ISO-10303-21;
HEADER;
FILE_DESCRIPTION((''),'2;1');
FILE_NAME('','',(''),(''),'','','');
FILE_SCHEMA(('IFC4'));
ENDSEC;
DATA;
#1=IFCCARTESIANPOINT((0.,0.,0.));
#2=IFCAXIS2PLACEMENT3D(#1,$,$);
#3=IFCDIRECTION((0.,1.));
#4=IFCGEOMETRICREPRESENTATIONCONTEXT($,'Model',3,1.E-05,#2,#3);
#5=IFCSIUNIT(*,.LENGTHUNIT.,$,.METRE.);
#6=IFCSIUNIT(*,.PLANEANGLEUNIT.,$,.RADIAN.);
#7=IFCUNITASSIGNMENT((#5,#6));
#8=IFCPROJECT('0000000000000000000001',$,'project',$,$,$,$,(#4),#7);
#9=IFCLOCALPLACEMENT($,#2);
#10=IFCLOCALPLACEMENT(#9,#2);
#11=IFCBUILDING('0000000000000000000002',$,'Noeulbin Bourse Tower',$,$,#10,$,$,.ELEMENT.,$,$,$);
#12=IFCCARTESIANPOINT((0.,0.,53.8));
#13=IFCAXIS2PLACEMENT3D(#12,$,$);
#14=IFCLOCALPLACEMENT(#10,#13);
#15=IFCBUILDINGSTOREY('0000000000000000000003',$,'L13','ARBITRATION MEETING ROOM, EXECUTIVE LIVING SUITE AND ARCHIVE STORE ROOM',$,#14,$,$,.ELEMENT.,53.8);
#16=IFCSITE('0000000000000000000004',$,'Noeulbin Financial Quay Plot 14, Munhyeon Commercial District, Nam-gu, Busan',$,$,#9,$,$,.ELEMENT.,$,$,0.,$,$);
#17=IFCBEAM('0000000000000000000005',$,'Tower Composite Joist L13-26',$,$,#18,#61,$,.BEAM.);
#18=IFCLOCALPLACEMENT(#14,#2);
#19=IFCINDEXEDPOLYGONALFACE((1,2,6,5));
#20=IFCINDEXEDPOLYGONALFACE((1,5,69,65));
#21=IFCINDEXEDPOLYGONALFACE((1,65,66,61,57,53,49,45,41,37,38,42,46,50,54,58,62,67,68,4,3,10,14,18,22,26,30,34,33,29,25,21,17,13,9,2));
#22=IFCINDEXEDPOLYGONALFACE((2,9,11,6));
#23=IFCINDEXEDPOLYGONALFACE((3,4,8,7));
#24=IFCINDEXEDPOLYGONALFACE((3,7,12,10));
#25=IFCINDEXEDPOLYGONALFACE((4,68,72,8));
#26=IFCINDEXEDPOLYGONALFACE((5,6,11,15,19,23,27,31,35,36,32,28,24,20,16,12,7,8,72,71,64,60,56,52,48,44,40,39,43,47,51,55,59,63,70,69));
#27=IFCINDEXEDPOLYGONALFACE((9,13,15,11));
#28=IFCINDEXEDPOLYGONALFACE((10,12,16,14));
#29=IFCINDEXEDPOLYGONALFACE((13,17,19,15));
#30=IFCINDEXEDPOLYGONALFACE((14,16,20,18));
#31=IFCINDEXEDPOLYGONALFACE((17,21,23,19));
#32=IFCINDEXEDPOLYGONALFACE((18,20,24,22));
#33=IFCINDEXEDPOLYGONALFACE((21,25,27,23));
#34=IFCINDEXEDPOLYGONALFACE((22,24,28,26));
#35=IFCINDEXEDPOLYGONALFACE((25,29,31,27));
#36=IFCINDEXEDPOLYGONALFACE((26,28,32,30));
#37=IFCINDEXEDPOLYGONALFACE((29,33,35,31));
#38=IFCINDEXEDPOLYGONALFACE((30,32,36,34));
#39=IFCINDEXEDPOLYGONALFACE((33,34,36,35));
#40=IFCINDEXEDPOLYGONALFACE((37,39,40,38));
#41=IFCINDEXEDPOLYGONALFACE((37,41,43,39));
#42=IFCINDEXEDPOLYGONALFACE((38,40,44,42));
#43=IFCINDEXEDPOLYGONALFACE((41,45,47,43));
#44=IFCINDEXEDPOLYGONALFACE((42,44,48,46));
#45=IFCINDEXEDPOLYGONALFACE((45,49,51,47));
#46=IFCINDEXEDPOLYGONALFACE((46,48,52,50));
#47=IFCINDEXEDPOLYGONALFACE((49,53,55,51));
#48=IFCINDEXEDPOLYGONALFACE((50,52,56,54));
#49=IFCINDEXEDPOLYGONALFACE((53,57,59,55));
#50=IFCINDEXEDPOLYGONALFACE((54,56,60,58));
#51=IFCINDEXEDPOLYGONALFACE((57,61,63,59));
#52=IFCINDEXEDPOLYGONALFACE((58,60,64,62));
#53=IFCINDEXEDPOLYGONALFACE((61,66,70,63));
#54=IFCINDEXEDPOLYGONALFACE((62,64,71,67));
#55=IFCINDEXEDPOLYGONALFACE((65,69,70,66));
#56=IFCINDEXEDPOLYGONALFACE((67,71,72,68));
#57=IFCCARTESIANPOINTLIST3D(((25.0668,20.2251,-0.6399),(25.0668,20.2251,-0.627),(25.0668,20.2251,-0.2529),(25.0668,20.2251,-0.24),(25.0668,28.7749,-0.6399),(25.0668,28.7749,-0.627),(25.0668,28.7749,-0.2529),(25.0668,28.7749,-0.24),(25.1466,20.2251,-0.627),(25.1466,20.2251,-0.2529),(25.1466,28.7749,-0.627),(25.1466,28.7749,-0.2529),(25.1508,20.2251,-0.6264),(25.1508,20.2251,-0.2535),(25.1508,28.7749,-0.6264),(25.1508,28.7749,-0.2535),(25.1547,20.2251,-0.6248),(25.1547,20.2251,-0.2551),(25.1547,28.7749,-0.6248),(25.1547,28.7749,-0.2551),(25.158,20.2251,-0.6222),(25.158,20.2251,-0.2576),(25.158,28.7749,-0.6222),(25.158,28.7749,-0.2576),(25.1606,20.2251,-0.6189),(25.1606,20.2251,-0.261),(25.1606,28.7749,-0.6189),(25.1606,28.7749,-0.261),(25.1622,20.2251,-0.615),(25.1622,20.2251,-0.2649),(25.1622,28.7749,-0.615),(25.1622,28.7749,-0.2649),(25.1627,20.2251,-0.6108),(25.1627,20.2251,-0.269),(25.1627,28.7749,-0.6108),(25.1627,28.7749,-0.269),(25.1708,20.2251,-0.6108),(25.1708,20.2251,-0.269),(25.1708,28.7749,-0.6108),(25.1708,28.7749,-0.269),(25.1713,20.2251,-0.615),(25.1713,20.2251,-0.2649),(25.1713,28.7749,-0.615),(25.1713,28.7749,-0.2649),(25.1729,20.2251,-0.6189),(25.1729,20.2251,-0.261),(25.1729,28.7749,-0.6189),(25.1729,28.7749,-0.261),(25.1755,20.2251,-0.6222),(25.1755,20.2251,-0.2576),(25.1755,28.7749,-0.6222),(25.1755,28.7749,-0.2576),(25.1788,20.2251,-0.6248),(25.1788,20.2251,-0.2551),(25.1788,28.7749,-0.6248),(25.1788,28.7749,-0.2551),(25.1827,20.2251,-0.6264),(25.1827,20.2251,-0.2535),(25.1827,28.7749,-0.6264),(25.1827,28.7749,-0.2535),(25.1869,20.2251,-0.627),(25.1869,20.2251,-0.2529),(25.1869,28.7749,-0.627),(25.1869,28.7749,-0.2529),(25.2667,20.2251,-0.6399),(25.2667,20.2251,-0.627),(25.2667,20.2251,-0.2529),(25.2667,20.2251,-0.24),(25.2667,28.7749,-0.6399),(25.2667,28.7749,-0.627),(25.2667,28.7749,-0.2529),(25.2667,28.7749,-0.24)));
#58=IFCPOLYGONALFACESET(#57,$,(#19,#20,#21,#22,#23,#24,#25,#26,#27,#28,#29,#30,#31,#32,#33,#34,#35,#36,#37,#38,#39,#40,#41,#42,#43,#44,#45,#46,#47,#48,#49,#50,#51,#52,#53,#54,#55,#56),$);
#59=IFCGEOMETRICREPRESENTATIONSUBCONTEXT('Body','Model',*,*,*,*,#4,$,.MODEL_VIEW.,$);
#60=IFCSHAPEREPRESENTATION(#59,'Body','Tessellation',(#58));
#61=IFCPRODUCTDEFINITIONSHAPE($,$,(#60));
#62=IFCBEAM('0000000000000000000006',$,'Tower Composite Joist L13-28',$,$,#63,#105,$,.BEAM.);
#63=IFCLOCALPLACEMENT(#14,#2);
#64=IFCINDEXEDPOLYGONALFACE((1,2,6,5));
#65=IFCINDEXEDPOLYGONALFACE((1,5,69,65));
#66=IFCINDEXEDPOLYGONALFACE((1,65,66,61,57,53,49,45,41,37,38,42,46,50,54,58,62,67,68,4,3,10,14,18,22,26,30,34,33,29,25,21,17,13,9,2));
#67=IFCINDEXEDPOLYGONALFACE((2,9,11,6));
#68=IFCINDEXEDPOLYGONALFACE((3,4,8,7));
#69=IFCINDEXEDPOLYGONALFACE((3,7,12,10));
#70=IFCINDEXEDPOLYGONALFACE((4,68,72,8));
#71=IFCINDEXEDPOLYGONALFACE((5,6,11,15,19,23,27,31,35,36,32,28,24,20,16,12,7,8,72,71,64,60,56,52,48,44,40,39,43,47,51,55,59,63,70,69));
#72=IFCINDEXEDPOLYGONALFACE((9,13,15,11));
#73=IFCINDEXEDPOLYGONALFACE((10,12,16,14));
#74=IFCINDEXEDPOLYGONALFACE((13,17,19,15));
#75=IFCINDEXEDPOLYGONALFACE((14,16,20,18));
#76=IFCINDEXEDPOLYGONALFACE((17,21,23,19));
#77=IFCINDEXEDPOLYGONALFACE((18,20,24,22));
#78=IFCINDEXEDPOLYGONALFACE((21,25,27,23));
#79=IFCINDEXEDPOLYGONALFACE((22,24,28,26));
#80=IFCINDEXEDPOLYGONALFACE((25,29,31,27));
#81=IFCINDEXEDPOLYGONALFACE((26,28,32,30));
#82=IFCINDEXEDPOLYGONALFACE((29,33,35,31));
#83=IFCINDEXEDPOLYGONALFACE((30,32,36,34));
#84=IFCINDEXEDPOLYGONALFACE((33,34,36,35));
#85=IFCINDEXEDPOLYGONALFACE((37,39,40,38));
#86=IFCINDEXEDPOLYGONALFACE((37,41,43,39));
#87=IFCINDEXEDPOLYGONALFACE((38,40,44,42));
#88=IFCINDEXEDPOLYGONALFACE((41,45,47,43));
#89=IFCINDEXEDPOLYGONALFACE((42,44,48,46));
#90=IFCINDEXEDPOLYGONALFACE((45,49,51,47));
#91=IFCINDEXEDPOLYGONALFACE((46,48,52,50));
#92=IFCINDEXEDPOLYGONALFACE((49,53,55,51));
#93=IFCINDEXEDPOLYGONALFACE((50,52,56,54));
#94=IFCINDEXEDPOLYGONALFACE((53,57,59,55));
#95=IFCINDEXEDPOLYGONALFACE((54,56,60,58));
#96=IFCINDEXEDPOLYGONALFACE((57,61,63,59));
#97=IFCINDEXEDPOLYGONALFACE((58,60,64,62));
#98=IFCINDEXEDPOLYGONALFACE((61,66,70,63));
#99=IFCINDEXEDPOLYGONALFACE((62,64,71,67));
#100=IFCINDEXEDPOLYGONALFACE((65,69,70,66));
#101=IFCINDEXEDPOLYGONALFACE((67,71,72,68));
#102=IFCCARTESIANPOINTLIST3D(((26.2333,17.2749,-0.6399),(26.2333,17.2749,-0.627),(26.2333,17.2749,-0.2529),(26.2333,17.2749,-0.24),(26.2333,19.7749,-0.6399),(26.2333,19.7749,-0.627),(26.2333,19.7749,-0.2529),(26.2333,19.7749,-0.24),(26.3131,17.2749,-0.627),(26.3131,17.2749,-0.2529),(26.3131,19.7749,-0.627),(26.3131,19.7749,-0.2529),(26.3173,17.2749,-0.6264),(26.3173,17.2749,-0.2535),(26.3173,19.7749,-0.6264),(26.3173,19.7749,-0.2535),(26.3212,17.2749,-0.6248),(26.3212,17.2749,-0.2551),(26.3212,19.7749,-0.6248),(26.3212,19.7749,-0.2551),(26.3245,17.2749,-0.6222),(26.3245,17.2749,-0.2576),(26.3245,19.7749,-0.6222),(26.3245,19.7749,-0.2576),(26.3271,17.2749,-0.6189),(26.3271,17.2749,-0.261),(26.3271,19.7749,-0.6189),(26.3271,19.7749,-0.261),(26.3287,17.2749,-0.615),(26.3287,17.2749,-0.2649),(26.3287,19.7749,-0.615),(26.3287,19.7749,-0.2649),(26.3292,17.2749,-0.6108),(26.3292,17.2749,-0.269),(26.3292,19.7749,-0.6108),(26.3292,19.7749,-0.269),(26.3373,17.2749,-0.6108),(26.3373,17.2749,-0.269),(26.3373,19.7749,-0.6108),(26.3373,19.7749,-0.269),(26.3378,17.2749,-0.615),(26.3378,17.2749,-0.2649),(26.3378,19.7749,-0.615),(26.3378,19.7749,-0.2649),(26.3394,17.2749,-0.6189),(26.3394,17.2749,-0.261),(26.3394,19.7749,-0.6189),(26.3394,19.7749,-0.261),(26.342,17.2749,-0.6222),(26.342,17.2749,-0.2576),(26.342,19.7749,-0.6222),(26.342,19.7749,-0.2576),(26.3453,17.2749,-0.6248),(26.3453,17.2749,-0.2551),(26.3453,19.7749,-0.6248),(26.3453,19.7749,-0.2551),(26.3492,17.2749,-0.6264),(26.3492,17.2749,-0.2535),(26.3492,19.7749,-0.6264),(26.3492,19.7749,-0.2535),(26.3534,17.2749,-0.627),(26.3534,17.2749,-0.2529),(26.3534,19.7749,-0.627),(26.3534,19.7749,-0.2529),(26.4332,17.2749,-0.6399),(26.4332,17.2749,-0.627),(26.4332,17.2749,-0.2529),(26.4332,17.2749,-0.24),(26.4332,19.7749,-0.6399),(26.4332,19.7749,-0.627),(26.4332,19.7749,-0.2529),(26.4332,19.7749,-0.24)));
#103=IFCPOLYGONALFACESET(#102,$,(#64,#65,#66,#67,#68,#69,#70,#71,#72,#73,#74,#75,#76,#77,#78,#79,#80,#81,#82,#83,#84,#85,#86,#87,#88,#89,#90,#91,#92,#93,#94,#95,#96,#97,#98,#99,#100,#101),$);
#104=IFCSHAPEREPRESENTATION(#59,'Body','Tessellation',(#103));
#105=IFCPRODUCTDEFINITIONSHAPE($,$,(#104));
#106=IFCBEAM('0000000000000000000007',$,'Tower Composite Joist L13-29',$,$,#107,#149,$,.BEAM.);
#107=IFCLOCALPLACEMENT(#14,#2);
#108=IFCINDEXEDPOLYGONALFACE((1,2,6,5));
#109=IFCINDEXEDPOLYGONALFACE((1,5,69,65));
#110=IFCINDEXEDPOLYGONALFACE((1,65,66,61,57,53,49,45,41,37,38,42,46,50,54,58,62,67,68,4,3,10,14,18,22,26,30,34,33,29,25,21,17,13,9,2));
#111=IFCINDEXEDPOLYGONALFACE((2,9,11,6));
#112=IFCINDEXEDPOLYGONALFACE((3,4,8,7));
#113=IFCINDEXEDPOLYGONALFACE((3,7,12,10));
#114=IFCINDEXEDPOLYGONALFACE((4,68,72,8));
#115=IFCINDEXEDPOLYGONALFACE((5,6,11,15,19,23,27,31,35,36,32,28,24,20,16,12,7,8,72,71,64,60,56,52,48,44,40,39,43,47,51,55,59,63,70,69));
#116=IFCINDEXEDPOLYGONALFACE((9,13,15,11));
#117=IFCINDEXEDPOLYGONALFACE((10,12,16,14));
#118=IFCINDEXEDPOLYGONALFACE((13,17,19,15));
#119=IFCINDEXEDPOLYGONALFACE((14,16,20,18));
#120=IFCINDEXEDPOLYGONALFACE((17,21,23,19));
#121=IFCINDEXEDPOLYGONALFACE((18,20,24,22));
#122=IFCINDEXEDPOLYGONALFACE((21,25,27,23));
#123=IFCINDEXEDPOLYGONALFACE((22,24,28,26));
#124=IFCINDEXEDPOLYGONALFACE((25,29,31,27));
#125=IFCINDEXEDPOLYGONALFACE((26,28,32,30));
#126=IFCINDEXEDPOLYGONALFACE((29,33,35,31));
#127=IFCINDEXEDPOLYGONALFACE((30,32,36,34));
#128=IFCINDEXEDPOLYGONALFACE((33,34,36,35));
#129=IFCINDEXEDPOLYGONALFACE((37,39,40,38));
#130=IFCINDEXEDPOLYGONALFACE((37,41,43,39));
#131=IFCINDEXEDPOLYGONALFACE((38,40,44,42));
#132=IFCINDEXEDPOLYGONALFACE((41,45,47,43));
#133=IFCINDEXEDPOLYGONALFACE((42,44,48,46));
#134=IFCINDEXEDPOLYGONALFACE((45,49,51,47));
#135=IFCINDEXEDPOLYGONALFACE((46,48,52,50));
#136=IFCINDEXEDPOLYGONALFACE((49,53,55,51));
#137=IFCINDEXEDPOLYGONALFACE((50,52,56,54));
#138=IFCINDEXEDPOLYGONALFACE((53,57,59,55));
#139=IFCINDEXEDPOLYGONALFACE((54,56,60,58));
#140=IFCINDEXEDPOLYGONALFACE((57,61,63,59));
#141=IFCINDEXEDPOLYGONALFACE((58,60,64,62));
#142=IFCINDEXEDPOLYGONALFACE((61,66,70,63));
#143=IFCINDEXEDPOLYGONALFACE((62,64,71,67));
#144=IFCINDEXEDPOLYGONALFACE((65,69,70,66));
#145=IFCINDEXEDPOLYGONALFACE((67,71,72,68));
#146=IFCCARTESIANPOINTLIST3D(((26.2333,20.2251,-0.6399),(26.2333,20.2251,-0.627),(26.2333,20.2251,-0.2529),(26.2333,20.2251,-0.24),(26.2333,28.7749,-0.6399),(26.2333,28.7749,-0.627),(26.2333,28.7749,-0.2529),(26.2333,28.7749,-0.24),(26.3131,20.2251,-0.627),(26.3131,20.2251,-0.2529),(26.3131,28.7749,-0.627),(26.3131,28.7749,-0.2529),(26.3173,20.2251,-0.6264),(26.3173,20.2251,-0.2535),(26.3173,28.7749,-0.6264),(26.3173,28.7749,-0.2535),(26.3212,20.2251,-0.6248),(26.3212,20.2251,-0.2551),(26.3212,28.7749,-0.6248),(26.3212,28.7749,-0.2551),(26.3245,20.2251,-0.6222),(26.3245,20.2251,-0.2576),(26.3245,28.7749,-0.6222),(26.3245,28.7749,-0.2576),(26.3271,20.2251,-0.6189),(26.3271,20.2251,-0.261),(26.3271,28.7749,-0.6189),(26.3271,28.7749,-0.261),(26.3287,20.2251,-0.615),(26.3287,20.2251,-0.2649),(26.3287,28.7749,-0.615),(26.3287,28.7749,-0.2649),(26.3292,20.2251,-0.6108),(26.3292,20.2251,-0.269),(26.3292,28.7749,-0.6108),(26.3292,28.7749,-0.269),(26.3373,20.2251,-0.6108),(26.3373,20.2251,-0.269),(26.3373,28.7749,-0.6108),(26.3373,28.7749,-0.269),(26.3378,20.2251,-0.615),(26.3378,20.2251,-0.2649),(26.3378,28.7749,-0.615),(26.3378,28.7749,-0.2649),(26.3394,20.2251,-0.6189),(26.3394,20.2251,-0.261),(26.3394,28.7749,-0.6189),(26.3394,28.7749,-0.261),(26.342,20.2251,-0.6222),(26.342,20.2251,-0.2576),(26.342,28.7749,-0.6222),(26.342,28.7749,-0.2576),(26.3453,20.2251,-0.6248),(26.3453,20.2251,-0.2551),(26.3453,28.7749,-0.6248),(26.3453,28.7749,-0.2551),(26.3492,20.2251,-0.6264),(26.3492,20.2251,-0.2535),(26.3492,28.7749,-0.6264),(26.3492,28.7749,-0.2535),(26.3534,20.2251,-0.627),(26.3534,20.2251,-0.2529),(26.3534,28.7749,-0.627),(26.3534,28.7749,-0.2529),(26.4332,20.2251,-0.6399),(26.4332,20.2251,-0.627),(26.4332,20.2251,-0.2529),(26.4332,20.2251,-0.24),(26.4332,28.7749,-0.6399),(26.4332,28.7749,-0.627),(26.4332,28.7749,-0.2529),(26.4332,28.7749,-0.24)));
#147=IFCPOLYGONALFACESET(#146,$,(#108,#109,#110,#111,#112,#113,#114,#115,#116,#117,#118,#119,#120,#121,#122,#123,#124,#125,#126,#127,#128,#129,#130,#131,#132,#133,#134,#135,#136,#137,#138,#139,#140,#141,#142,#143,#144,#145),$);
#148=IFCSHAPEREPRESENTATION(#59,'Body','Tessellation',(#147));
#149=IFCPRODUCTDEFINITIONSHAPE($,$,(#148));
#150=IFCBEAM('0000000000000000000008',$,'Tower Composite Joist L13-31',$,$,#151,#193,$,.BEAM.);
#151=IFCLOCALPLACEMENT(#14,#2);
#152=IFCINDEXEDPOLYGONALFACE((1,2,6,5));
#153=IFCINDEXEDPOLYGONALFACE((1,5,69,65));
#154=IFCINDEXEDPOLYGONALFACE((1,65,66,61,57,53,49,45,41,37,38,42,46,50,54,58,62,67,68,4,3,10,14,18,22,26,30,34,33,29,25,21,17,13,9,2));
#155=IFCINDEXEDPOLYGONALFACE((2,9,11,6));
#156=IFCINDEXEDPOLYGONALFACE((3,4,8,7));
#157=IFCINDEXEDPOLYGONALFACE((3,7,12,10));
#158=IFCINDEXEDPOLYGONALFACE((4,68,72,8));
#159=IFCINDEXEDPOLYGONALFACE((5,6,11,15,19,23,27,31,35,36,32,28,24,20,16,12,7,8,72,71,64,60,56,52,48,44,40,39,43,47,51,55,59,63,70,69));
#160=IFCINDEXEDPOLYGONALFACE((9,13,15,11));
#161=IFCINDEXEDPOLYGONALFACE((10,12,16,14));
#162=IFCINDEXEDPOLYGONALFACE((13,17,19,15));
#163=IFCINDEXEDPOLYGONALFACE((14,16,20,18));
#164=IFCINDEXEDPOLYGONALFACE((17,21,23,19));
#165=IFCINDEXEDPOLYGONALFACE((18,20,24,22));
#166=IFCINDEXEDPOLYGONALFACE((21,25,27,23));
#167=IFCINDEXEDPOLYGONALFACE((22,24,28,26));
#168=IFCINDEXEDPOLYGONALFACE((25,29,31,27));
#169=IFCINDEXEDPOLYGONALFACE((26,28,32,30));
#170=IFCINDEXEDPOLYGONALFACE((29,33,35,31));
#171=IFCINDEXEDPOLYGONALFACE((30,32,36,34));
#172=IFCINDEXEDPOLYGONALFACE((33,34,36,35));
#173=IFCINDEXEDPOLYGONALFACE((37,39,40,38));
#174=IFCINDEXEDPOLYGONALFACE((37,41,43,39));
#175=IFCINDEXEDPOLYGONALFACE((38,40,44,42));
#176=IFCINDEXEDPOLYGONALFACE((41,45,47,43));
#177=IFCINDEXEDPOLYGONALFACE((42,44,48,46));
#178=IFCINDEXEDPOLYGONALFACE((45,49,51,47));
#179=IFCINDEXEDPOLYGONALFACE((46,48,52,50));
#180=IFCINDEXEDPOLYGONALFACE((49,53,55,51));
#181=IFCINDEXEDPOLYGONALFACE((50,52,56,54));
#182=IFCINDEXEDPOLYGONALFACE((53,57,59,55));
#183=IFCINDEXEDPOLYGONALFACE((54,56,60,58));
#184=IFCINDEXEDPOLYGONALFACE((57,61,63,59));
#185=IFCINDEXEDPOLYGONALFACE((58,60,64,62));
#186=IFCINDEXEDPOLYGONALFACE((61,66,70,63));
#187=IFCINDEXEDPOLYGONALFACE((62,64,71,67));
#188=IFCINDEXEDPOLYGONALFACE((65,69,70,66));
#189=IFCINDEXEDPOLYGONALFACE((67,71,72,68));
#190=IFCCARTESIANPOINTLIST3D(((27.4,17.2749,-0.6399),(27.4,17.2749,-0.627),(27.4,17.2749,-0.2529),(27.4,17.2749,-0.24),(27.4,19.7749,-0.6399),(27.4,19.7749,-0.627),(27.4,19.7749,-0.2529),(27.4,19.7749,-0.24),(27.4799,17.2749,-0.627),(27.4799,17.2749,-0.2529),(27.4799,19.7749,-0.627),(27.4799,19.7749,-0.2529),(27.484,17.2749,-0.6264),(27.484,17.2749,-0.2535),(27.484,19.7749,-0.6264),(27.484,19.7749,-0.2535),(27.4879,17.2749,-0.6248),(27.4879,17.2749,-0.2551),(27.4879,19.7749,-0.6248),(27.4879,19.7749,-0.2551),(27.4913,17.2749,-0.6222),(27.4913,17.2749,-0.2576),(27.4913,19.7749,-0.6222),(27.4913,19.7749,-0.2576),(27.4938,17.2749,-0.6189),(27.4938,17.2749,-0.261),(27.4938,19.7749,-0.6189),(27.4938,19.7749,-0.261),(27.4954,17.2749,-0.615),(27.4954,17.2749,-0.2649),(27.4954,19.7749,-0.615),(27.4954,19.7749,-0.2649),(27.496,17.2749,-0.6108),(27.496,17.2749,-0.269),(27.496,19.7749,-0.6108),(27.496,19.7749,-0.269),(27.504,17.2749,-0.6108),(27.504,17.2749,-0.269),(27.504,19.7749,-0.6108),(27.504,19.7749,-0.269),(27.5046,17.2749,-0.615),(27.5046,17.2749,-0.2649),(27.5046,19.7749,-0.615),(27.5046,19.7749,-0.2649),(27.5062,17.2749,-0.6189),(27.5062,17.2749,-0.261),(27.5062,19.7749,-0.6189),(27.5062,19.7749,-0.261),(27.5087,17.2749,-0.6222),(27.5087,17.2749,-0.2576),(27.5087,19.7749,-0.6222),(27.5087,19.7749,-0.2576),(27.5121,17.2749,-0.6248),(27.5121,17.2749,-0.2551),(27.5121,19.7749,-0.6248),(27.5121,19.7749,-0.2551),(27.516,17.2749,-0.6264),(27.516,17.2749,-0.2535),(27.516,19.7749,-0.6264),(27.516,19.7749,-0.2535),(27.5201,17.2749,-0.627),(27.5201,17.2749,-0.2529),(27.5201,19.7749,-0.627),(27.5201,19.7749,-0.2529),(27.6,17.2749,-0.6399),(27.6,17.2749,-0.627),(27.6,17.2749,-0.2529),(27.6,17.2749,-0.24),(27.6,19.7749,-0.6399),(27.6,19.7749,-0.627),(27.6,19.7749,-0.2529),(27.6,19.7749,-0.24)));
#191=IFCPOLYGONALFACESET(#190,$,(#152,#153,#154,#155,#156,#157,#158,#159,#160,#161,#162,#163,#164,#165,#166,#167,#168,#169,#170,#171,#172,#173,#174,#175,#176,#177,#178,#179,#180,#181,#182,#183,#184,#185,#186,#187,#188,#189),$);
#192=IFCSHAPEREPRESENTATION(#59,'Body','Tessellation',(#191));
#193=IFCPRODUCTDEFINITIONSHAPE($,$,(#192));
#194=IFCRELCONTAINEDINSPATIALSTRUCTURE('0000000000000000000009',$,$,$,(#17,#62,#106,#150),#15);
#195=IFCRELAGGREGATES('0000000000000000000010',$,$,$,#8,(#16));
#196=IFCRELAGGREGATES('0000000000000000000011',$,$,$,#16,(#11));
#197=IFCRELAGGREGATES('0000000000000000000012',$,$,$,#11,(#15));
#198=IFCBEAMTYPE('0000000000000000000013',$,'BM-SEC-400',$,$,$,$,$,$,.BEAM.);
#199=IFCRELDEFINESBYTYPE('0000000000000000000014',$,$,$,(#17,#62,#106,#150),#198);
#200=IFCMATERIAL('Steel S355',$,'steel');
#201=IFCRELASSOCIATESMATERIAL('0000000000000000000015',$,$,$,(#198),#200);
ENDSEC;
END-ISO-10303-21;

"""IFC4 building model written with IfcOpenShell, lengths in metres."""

from ifc_helpers import new_model, si_unit, direction, frame, origin, origin_2d, place, context, subcontext, project, spatial, i_section, extrude, material, material_profile, profile_set, type_object, element, save


model = new_model("IFC4")

# Units and contexts
model_context = context("Model", 3, precision=1e-05, world=origin(), true_north=direction((0.0, 1.0)))
body_context = subcontext(model_context, "Body", "Model", "MODEL_VIEW")
ifc_project = project(units=[si_unit("LENGTHUNIT", "METRE"), si_unit("PLANEANGLEUNIT", "RADIAN")], contexts=[model_context])

# Site, building, storey
site_placement = place(None, origin())
site = spatial("IfcSite", under=ifc_project, at=site_placement, Name="Noeulbin Financial Quay Plot 14, Munhyeon Commercial District, Nam-gu, Busan", CompositionType="ELEMENT", RefElevation=0.0)
building_placement = place(site_placement, origin())
building = spatial("IfcBuilding", under=site, at=building_placement, Name="Noeulbin Bourse Tower", CompositionType="ELEMENT")
storey_placement = place(building_placement, frame((0.0, 0.0, 53.8)))
storey = spatial("IfcBuildingStorey", under=building, at=storey_placement, Name="L13", Description="ARBITRATION MEETING ROOM, EXECUTIVE LIVING SUITE AND ARCHIVE STORE ROOM", CompositionType="ELEMENT", Elevation=53.8)

# Beams
ifc_material_1 = material(Name="Steel S355", Category="steel")
ifc_material_profile_1 = material_profile(ifc_material_1, i_section(OverallWidth=0.2, OverallDepth=0.3999, WebThickness=0.0081, FlangeThickness=0.0129, FilletRadius=0.0161, at=origin_2d()), Name="H-400x200x8x13", Category="LoadBearing")
ifc_profile_set_1 = profile_set([ifc_material_profile_1], Name="Steel S355")
beam_type_1 = type_object("IfcBeamType", Name="BM-SEC-400", PredefinedType="BEAM", material=ifc_profile_set_1)
beam_1_placement = place(storey_placement, frame((25.1667, 20.2251, -0.4399), z_axis=(0.0, 1.0, 0.0), x_axis=(-1.0, 0.0, 0.0)))
element("IfcBeam", 1, at=beam_1_placement, inside=storey, type_object=beam_type_1, Name="Tower Composite Joist L13-26", PredefinedType="BEAM", context=body_context, shape_type="SweptSolid", body=[
    extrude(i_section(OverallWidth=0.2, OverallDepth=0.3999, WebThickness=0.0081, FlangeThickness=0.0129, FilletRadius=0.0161, at=origin_2d()), origin(), (0.0, 0.0, 1.0), 8.5498),
])
beam_2_placement = place(storey_placement, frame((26.3333, 17.2749, -0.4399), z_axis=(0.0, 1.0, 0.0), x_axis=(-1.0, 0.0, 0.0)))
element("IfcBeam", 2, at=beam_2_placement, inside=storey, type_object=beam_type_1, Name="Tower Composite Joist L13-28", PredefinedType="BEAM", context=body_context, shape_type="SweptSolid", body=[
    extrude(i_section(OverallWidth=0.2, OverallDepth=0.3999, WebThickness=0.0081, FlangeThickness=0.0129, FilletRadius=0.0161, at=origin_2d()), origin(), (0.0, 0.0, 1.0), 2.5),
])
beam_3_placement = place(storey_placement, frame((26.3333, 20.2251, -0.4399), z_axis=(0.0, 1.0, 0.0), x_axis=(-1.0, 0.0, 0.0)))
element("IfcBeam", 3, at=beam_3_placement, inside=storey, type_object=beam_type_1, Name="Tower Composite Joist L13-29", PredefinedType="BEAM", context=body_context, shape_type="SweptSolid", body=[
    extrude(i_section(OverallWidth=0.2, OverallDepth=0.3999, WebThickness=0.0081, FlangeThickness=0.0129, FilletRadius=0.0161, at=origin_2d()), origin(), (0.0, 0.0, 1.0), 8.5498),
])
beam_4_placement = place(storey_placement, frame((27.5, 17.2749, -0.4399), z_axis=(0.0, 1.0, 0.0), x_axis=(-1.0, 0.0, 0.0)))
element("IfcBeam", 4, at=beam_4_placement, inside=storey, type_object=beam_type_1, Name="Tower Composite Joist L13-31", PredefinedType="BEAM", context=body_context, shape_type="SweptSolid", body=[
    extrude(i_section(OverallWidth=0.2, OverallDepth=0.3999, WebThickness=0.0081, FlangeThickness=0.0129, FilletRadius=0.0161, at=origin_2d()), origin(), (0.0, 0.0, 1.0), 2.5),
])

save(model, "model.ifc")
